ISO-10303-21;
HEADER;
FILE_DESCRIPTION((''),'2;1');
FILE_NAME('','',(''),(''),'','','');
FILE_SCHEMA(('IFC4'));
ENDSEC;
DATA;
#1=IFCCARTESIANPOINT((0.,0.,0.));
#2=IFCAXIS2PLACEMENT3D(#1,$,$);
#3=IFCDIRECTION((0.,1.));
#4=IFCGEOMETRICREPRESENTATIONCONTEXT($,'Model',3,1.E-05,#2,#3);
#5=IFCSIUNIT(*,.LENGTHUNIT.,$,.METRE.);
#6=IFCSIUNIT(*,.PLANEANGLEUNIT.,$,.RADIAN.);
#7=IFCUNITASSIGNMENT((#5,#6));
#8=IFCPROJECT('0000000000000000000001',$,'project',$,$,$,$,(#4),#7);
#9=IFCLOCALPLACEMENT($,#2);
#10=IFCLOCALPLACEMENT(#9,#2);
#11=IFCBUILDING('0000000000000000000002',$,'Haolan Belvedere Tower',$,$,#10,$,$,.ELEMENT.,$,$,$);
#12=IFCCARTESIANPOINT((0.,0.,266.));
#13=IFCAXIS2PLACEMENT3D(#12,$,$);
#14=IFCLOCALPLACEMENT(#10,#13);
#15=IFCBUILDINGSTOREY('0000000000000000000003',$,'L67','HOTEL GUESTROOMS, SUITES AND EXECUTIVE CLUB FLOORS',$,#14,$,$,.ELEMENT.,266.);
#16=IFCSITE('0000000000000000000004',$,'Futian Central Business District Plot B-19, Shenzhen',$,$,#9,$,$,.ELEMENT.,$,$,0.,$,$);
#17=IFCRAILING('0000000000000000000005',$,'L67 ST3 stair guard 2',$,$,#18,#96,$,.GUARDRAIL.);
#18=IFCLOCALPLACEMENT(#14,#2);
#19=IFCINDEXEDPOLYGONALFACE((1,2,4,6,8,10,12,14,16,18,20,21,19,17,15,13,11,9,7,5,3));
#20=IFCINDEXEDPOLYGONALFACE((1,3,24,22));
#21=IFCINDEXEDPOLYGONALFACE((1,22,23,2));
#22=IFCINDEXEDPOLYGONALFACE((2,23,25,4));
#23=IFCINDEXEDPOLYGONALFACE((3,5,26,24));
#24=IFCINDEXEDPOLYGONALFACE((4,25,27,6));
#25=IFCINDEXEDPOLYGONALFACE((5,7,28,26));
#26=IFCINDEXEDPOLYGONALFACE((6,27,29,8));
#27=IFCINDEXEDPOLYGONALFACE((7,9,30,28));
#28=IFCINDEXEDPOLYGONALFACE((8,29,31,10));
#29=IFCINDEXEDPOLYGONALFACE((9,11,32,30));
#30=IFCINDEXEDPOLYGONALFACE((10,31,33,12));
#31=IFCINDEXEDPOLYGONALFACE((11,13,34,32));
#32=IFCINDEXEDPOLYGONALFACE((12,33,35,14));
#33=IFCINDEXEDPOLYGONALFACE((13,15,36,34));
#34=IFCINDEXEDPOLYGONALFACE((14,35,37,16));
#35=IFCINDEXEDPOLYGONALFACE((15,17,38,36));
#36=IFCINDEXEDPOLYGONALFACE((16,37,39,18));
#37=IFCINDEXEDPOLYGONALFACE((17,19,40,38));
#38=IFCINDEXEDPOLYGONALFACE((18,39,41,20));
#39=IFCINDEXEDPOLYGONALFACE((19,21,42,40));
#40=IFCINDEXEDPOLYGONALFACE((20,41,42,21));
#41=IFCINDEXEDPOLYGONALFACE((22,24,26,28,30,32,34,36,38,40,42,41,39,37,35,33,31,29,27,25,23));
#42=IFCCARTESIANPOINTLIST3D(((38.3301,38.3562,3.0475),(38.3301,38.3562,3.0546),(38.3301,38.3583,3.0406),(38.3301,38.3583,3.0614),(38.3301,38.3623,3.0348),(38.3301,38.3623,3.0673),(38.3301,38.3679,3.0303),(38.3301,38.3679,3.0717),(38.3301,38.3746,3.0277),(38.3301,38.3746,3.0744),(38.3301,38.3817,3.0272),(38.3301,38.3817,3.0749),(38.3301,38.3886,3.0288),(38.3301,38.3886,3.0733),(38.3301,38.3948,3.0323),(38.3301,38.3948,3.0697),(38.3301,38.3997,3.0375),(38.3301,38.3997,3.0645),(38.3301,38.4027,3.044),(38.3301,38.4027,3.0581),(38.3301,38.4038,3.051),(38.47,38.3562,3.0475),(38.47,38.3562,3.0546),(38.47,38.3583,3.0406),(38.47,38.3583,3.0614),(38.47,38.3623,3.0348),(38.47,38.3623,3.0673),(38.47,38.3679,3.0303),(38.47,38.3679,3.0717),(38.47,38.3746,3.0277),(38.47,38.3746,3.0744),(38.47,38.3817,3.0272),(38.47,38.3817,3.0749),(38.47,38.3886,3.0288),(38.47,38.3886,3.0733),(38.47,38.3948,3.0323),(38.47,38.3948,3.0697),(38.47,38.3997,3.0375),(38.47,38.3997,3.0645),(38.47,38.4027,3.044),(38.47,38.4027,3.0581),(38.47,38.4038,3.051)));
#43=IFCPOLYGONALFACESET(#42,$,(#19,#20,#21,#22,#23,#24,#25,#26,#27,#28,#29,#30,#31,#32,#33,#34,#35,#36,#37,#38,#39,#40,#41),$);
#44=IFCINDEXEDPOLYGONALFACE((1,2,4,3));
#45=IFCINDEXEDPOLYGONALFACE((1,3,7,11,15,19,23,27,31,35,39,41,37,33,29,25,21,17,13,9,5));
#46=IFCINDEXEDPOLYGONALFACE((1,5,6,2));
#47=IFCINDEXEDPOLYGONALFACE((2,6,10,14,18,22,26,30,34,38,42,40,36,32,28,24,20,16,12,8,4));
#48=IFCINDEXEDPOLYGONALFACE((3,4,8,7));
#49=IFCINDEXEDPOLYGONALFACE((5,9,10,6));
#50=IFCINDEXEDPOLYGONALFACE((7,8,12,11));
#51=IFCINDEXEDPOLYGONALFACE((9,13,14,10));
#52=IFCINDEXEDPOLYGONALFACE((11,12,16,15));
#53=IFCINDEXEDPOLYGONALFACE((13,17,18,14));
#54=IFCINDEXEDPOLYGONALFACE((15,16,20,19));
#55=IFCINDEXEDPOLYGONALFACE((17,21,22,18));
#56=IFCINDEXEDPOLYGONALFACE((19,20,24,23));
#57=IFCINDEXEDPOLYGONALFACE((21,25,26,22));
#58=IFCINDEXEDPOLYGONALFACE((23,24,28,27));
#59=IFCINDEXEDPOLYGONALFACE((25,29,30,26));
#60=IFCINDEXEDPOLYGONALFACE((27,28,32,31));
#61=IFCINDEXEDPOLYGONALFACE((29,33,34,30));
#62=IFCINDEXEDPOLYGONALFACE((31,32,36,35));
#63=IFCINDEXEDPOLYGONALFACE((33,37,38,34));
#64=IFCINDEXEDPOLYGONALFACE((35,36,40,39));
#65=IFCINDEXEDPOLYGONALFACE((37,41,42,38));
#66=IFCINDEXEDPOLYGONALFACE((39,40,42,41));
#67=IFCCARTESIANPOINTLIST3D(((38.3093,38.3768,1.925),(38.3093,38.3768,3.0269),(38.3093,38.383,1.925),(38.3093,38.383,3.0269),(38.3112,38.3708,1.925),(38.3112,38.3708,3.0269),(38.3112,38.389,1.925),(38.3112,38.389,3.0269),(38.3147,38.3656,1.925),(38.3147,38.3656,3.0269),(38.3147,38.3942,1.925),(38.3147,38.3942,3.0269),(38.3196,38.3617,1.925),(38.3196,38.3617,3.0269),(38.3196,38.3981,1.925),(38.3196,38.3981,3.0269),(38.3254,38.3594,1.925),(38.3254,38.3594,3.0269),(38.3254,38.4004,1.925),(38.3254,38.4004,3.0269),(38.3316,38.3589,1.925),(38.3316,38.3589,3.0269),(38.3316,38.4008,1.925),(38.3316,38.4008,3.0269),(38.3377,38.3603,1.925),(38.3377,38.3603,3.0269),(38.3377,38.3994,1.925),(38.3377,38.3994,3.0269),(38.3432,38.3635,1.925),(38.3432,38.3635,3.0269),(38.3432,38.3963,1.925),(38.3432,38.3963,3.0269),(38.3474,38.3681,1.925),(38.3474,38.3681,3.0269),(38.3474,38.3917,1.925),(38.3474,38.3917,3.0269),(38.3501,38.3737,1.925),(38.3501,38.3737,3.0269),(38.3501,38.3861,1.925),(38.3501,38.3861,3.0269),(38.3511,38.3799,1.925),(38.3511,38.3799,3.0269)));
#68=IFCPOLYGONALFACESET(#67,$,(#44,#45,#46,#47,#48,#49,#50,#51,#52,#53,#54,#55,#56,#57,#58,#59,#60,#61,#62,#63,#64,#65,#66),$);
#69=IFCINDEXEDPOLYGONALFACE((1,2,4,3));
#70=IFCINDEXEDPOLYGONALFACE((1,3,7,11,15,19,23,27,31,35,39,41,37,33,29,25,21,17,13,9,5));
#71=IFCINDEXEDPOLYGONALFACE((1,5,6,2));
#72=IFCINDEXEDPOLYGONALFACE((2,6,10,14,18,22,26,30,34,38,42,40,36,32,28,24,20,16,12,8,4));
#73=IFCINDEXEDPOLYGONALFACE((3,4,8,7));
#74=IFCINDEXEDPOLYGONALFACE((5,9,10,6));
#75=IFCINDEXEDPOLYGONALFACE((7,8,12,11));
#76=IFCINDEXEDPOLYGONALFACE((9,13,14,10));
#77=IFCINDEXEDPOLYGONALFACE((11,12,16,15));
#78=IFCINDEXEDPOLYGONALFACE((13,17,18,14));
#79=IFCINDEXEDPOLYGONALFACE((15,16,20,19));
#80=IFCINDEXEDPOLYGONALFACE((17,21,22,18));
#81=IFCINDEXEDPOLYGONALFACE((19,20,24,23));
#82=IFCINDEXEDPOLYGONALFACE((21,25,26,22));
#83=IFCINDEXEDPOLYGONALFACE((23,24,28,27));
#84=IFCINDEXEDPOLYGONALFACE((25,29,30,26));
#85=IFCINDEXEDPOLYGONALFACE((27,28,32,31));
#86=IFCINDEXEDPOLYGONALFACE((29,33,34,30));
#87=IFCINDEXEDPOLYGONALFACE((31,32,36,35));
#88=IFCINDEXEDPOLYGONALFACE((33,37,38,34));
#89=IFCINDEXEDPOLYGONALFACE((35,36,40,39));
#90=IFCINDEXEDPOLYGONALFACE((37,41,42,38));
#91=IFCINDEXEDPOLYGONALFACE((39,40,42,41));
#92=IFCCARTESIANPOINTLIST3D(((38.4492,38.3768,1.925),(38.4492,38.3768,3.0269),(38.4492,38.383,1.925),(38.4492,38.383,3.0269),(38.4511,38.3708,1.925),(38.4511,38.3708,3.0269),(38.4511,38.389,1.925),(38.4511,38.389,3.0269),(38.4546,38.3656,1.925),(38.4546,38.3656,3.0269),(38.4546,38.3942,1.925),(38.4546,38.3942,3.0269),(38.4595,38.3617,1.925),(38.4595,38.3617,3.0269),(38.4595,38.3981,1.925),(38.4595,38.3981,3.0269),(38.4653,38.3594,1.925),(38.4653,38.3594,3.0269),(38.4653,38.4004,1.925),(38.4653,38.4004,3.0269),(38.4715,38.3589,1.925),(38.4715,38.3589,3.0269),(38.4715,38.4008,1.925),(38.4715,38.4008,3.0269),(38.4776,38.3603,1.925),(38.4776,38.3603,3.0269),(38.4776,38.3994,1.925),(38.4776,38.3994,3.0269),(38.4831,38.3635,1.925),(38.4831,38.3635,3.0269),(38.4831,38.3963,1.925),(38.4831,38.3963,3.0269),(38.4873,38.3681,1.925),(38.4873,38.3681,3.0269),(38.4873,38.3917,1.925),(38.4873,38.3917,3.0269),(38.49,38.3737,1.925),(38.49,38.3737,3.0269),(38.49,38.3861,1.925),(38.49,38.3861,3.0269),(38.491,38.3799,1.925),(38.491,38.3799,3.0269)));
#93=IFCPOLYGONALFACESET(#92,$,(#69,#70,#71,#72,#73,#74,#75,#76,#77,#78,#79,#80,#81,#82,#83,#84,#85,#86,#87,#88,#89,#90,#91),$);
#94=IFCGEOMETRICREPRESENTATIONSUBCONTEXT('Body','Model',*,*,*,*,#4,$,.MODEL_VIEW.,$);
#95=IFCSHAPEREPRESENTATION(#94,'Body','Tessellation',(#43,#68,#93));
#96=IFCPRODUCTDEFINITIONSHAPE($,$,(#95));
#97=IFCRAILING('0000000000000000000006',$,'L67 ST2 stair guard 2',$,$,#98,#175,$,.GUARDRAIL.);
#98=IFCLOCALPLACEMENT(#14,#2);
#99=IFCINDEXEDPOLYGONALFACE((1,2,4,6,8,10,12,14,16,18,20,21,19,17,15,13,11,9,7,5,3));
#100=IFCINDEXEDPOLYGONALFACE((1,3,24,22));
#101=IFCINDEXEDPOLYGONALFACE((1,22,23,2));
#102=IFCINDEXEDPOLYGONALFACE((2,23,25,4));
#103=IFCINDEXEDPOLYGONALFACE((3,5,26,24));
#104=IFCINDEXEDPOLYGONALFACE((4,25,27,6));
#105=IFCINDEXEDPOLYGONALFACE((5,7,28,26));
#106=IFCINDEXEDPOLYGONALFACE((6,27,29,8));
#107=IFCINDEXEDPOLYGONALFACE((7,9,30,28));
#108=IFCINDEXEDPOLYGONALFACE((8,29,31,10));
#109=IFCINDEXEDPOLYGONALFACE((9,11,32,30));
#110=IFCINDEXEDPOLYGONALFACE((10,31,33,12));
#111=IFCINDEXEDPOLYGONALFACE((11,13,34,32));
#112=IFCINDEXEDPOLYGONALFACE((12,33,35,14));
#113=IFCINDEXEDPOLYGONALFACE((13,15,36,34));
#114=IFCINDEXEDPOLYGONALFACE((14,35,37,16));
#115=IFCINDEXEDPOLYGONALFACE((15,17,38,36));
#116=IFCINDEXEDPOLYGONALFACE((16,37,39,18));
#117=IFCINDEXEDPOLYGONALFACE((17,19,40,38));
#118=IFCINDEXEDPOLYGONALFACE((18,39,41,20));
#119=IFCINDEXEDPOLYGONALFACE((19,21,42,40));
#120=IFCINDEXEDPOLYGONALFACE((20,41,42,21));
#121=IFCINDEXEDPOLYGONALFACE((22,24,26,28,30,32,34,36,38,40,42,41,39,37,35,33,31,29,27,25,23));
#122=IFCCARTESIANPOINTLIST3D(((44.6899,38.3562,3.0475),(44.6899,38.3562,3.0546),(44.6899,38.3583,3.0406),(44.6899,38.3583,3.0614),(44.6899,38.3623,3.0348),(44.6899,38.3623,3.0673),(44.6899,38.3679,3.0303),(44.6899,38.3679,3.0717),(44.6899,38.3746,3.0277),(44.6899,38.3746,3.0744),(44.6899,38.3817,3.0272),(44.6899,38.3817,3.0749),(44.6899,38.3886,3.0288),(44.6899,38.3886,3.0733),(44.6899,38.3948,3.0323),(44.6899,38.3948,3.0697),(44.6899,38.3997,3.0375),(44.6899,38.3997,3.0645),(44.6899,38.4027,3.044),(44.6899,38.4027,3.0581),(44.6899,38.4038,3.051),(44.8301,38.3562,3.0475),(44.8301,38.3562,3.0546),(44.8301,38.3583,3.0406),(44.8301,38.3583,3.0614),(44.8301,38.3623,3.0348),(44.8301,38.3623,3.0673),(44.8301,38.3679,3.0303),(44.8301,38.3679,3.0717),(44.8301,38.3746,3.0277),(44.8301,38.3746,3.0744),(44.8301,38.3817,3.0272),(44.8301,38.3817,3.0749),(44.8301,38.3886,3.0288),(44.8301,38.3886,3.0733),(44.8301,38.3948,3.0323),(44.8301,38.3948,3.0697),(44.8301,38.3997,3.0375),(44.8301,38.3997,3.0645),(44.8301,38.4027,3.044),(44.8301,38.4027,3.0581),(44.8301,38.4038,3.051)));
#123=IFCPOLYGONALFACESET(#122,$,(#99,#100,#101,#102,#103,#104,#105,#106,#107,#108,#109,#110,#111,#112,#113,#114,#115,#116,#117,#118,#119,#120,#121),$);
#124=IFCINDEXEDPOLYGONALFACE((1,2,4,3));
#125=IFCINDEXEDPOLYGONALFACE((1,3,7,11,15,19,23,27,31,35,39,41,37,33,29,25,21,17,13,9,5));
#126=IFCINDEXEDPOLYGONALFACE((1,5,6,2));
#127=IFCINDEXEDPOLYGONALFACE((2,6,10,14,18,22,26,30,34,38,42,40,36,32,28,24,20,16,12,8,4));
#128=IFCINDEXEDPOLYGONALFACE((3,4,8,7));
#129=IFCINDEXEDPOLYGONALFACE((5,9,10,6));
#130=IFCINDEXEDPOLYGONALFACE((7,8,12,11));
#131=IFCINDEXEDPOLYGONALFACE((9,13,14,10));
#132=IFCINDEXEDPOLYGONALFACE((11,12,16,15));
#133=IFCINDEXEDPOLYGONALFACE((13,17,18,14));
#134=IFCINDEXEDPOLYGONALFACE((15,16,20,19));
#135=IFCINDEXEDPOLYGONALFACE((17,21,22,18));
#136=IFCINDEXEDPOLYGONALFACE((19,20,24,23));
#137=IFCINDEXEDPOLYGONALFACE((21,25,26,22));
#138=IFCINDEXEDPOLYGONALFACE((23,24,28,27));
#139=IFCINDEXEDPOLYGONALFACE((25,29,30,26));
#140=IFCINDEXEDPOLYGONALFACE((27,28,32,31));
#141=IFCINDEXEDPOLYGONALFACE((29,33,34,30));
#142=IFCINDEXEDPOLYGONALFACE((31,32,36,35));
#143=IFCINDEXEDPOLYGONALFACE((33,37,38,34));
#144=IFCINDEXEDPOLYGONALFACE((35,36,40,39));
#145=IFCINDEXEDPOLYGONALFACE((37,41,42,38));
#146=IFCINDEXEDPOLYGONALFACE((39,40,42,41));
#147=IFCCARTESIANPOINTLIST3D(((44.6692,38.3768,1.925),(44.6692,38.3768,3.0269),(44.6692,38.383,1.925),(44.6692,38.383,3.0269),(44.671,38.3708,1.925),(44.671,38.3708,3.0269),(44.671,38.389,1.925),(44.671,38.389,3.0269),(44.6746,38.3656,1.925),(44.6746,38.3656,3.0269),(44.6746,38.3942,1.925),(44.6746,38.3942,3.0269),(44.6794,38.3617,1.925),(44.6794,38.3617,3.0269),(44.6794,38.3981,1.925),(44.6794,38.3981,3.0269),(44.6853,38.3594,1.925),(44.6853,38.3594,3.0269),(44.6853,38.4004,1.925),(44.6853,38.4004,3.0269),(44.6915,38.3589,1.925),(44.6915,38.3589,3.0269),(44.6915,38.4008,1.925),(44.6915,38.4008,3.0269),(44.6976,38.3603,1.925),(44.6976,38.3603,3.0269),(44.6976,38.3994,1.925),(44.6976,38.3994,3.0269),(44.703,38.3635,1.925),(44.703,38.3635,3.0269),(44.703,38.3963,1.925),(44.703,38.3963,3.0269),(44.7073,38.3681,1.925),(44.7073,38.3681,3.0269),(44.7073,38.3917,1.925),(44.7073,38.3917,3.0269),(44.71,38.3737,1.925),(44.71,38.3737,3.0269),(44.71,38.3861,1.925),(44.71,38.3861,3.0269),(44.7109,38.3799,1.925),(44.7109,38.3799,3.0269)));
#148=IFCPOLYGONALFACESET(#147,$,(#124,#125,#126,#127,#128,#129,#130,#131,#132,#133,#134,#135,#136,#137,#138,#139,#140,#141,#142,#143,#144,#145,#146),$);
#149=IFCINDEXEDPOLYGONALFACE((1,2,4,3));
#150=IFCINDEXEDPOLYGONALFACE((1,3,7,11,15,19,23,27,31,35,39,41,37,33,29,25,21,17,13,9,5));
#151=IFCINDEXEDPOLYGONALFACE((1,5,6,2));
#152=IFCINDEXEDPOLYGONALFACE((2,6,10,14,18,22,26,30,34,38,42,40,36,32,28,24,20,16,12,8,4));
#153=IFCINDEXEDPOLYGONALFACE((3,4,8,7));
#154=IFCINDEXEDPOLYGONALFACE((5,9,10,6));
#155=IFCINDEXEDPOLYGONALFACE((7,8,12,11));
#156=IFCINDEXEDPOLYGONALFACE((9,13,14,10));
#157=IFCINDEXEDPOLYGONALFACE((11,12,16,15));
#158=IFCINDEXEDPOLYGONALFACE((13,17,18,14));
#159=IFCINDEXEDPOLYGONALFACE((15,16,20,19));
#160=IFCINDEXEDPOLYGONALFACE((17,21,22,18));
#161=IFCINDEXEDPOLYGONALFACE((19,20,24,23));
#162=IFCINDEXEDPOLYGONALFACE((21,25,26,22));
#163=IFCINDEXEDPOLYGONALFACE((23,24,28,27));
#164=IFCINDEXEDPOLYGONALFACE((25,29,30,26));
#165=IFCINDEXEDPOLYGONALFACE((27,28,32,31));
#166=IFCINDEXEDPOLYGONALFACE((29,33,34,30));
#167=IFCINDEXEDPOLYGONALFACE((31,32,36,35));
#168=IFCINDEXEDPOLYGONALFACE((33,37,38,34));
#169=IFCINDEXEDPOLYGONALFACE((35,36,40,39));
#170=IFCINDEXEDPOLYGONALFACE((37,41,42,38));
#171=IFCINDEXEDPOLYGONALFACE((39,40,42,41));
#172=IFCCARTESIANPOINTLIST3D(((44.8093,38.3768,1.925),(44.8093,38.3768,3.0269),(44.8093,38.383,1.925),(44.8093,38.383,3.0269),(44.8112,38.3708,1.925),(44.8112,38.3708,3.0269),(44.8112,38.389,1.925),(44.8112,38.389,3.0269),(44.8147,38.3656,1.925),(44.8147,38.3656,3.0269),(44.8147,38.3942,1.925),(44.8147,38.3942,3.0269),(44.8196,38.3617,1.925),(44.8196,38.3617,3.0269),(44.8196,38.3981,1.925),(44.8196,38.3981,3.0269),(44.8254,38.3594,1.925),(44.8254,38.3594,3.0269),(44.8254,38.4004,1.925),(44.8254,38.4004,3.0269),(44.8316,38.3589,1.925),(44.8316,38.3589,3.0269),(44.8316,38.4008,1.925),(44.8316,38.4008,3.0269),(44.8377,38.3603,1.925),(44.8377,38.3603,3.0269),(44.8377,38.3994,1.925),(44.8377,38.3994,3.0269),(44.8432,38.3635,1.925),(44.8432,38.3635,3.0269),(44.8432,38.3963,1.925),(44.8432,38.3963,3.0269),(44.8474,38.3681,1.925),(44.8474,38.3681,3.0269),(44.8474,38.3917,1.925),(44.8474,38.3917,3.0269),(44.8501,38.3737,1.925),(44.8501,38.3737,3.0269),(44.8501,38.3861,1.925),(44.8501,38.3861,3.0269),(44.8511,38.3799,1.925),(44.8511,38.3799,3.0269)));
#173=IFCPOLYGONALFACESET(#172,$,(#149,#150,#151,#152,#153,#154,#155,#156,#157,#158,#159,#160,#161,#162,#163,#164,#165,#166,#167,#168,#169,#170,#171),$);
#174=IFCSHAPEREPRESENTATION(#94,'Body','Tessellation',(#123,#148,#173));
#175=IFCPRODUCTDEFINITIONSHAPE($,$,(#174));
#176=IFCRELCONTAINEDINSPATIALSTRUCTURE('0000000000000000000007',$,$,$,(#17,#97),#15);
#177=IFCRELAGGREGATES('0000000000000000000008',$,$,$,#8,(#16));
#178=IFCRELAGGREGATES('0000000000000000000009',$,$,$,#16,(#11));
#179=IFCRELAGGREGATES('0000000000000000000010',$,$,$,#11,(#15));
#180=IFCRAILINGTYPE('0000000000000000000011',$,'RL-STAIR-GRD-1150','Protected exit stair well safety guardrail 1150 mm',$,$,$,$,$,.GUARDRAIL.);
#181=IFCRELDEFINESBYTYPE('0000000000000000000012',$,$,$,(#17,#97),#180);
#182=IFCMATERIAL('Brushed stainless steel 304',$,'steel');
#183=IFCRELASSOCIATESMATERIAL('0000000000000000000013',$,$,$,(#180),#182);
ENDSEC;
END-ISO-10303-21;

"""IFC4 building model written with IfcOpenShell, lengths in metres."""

from ifc_helpers import new_model, si_unit, direction, frame, origin, origin_2d, place, context, subcontext, project, spatial, circle, extrude, material, type_object, element, save


model = new_model("IFC4")

# Units and contexts
model_context = context("Model", 3, precision=1e-05, world=origin(), true_north=direction((0.0, 1.0)))
body_context = subcontext(model_context, "Body", "Model", "MODEL_VIEW")
ifc_project = project(units=[si_unit("LENGTHUNIT", "METRE"), si_unit("PLANEANGLEUNIT", "RADIAN")], contexts=[model_context])

# Site, building, storey
site_placement = place(None, origin())
site = spatial("IfcSite", under=ifc_project, at=site_placement, Name="Futian Central Business District Plot B-19, Shenzhen", CompositionType="ELEMENT", RefElevation=0.0)
building_placement = place(site_placement, origin())
building = spatial("IfcBuilding", under=site, at=building_placement, Name="Haolan Belvedere Tower", CompositionType="ELEMENT")
storey_placement = place(building_placement, frame((0.0, 0.0, 266.0)))
storey = spatial("IfcBuildingStorey", under=building, at=storey_placement, Name="L67", Description="HOTEL GUESTROOMS, SUITES AND EXECUTIVE CLUB FLOORS", CompositionType="ELEMENT", Elevation=266.0)

# Railings
ifc_material_1 = material(Name="Brushed stainless steel 304", Category="steel")
railing_type = type_object("IfcRailingType", Name="RL-STAIR-GRD-1150", Description="Protected exit stair well safety guardrail 1150 mm", PredefinedType="GUARDRAIL", material=ifc_material_1)
railing_1_placement = place(storey_placement, frame((38.3301, 38.3799, 1.925)))
element("IfcRailing", 1, at=railing_1_placement, inside=storey, type_object=railing_type, Name="L67 ST3 stair guard 2", PredefinedType="GUARDRAIL", context=body_context, shape_type="SweptSolid", body=[
    extrude(circle(Radius=0.0239, at=origin_2d()), frame((0.0, 0.0, 1.126), z_axis=(1.0, 0.0, 0.0), x_axis=(0.0, 1.0, 0.0)), (0.0, 0.0, 1.0), 0.1399),
    extrude(circle(Radius=0.021, at=origin_2d()), origin(), (0.0, 0.0, 1.0), 1.1018),
    extrude(circle(Radius=0.021, at=origin_2d()), frame((0.1399, 0.0, 0.0)), (0.0, 0.0, 1.0), 1.1018),
])
railing_2_placement = place(storey_placement, frame((44.6899, 38.3799, 1.925)))
element("IfcRailing", 2, at=railing_2_placement, inside=storey, type_object=railing_type, Name="L67 ST2 stair guard 2", PredefinedType="GUARDRAIL", context=body_context, shape_type="SweptSolid", body=[
    extrude(circle(Radius=0.0239, at=origin_2d()), frame((0.0, 0.0, 1.126), z_axis=(1.0, 0.0, 0.0), x_axis=(0.0, 1.0, 0.0)), (0.0, 0.0, 1.0), 0.1401),
    extrude(circle(Radius=0.021, at=origin_2d()), origin(), (0.0, 0.0, 1.0), 1.1018),
    extrude(circle(Radius=0.021, at=origin_2d()), frame((0.1401, 0.0, 0.0)), (0.0, 0.0, 1.0), 1.1018),
])

save(model, "model.ifc")
